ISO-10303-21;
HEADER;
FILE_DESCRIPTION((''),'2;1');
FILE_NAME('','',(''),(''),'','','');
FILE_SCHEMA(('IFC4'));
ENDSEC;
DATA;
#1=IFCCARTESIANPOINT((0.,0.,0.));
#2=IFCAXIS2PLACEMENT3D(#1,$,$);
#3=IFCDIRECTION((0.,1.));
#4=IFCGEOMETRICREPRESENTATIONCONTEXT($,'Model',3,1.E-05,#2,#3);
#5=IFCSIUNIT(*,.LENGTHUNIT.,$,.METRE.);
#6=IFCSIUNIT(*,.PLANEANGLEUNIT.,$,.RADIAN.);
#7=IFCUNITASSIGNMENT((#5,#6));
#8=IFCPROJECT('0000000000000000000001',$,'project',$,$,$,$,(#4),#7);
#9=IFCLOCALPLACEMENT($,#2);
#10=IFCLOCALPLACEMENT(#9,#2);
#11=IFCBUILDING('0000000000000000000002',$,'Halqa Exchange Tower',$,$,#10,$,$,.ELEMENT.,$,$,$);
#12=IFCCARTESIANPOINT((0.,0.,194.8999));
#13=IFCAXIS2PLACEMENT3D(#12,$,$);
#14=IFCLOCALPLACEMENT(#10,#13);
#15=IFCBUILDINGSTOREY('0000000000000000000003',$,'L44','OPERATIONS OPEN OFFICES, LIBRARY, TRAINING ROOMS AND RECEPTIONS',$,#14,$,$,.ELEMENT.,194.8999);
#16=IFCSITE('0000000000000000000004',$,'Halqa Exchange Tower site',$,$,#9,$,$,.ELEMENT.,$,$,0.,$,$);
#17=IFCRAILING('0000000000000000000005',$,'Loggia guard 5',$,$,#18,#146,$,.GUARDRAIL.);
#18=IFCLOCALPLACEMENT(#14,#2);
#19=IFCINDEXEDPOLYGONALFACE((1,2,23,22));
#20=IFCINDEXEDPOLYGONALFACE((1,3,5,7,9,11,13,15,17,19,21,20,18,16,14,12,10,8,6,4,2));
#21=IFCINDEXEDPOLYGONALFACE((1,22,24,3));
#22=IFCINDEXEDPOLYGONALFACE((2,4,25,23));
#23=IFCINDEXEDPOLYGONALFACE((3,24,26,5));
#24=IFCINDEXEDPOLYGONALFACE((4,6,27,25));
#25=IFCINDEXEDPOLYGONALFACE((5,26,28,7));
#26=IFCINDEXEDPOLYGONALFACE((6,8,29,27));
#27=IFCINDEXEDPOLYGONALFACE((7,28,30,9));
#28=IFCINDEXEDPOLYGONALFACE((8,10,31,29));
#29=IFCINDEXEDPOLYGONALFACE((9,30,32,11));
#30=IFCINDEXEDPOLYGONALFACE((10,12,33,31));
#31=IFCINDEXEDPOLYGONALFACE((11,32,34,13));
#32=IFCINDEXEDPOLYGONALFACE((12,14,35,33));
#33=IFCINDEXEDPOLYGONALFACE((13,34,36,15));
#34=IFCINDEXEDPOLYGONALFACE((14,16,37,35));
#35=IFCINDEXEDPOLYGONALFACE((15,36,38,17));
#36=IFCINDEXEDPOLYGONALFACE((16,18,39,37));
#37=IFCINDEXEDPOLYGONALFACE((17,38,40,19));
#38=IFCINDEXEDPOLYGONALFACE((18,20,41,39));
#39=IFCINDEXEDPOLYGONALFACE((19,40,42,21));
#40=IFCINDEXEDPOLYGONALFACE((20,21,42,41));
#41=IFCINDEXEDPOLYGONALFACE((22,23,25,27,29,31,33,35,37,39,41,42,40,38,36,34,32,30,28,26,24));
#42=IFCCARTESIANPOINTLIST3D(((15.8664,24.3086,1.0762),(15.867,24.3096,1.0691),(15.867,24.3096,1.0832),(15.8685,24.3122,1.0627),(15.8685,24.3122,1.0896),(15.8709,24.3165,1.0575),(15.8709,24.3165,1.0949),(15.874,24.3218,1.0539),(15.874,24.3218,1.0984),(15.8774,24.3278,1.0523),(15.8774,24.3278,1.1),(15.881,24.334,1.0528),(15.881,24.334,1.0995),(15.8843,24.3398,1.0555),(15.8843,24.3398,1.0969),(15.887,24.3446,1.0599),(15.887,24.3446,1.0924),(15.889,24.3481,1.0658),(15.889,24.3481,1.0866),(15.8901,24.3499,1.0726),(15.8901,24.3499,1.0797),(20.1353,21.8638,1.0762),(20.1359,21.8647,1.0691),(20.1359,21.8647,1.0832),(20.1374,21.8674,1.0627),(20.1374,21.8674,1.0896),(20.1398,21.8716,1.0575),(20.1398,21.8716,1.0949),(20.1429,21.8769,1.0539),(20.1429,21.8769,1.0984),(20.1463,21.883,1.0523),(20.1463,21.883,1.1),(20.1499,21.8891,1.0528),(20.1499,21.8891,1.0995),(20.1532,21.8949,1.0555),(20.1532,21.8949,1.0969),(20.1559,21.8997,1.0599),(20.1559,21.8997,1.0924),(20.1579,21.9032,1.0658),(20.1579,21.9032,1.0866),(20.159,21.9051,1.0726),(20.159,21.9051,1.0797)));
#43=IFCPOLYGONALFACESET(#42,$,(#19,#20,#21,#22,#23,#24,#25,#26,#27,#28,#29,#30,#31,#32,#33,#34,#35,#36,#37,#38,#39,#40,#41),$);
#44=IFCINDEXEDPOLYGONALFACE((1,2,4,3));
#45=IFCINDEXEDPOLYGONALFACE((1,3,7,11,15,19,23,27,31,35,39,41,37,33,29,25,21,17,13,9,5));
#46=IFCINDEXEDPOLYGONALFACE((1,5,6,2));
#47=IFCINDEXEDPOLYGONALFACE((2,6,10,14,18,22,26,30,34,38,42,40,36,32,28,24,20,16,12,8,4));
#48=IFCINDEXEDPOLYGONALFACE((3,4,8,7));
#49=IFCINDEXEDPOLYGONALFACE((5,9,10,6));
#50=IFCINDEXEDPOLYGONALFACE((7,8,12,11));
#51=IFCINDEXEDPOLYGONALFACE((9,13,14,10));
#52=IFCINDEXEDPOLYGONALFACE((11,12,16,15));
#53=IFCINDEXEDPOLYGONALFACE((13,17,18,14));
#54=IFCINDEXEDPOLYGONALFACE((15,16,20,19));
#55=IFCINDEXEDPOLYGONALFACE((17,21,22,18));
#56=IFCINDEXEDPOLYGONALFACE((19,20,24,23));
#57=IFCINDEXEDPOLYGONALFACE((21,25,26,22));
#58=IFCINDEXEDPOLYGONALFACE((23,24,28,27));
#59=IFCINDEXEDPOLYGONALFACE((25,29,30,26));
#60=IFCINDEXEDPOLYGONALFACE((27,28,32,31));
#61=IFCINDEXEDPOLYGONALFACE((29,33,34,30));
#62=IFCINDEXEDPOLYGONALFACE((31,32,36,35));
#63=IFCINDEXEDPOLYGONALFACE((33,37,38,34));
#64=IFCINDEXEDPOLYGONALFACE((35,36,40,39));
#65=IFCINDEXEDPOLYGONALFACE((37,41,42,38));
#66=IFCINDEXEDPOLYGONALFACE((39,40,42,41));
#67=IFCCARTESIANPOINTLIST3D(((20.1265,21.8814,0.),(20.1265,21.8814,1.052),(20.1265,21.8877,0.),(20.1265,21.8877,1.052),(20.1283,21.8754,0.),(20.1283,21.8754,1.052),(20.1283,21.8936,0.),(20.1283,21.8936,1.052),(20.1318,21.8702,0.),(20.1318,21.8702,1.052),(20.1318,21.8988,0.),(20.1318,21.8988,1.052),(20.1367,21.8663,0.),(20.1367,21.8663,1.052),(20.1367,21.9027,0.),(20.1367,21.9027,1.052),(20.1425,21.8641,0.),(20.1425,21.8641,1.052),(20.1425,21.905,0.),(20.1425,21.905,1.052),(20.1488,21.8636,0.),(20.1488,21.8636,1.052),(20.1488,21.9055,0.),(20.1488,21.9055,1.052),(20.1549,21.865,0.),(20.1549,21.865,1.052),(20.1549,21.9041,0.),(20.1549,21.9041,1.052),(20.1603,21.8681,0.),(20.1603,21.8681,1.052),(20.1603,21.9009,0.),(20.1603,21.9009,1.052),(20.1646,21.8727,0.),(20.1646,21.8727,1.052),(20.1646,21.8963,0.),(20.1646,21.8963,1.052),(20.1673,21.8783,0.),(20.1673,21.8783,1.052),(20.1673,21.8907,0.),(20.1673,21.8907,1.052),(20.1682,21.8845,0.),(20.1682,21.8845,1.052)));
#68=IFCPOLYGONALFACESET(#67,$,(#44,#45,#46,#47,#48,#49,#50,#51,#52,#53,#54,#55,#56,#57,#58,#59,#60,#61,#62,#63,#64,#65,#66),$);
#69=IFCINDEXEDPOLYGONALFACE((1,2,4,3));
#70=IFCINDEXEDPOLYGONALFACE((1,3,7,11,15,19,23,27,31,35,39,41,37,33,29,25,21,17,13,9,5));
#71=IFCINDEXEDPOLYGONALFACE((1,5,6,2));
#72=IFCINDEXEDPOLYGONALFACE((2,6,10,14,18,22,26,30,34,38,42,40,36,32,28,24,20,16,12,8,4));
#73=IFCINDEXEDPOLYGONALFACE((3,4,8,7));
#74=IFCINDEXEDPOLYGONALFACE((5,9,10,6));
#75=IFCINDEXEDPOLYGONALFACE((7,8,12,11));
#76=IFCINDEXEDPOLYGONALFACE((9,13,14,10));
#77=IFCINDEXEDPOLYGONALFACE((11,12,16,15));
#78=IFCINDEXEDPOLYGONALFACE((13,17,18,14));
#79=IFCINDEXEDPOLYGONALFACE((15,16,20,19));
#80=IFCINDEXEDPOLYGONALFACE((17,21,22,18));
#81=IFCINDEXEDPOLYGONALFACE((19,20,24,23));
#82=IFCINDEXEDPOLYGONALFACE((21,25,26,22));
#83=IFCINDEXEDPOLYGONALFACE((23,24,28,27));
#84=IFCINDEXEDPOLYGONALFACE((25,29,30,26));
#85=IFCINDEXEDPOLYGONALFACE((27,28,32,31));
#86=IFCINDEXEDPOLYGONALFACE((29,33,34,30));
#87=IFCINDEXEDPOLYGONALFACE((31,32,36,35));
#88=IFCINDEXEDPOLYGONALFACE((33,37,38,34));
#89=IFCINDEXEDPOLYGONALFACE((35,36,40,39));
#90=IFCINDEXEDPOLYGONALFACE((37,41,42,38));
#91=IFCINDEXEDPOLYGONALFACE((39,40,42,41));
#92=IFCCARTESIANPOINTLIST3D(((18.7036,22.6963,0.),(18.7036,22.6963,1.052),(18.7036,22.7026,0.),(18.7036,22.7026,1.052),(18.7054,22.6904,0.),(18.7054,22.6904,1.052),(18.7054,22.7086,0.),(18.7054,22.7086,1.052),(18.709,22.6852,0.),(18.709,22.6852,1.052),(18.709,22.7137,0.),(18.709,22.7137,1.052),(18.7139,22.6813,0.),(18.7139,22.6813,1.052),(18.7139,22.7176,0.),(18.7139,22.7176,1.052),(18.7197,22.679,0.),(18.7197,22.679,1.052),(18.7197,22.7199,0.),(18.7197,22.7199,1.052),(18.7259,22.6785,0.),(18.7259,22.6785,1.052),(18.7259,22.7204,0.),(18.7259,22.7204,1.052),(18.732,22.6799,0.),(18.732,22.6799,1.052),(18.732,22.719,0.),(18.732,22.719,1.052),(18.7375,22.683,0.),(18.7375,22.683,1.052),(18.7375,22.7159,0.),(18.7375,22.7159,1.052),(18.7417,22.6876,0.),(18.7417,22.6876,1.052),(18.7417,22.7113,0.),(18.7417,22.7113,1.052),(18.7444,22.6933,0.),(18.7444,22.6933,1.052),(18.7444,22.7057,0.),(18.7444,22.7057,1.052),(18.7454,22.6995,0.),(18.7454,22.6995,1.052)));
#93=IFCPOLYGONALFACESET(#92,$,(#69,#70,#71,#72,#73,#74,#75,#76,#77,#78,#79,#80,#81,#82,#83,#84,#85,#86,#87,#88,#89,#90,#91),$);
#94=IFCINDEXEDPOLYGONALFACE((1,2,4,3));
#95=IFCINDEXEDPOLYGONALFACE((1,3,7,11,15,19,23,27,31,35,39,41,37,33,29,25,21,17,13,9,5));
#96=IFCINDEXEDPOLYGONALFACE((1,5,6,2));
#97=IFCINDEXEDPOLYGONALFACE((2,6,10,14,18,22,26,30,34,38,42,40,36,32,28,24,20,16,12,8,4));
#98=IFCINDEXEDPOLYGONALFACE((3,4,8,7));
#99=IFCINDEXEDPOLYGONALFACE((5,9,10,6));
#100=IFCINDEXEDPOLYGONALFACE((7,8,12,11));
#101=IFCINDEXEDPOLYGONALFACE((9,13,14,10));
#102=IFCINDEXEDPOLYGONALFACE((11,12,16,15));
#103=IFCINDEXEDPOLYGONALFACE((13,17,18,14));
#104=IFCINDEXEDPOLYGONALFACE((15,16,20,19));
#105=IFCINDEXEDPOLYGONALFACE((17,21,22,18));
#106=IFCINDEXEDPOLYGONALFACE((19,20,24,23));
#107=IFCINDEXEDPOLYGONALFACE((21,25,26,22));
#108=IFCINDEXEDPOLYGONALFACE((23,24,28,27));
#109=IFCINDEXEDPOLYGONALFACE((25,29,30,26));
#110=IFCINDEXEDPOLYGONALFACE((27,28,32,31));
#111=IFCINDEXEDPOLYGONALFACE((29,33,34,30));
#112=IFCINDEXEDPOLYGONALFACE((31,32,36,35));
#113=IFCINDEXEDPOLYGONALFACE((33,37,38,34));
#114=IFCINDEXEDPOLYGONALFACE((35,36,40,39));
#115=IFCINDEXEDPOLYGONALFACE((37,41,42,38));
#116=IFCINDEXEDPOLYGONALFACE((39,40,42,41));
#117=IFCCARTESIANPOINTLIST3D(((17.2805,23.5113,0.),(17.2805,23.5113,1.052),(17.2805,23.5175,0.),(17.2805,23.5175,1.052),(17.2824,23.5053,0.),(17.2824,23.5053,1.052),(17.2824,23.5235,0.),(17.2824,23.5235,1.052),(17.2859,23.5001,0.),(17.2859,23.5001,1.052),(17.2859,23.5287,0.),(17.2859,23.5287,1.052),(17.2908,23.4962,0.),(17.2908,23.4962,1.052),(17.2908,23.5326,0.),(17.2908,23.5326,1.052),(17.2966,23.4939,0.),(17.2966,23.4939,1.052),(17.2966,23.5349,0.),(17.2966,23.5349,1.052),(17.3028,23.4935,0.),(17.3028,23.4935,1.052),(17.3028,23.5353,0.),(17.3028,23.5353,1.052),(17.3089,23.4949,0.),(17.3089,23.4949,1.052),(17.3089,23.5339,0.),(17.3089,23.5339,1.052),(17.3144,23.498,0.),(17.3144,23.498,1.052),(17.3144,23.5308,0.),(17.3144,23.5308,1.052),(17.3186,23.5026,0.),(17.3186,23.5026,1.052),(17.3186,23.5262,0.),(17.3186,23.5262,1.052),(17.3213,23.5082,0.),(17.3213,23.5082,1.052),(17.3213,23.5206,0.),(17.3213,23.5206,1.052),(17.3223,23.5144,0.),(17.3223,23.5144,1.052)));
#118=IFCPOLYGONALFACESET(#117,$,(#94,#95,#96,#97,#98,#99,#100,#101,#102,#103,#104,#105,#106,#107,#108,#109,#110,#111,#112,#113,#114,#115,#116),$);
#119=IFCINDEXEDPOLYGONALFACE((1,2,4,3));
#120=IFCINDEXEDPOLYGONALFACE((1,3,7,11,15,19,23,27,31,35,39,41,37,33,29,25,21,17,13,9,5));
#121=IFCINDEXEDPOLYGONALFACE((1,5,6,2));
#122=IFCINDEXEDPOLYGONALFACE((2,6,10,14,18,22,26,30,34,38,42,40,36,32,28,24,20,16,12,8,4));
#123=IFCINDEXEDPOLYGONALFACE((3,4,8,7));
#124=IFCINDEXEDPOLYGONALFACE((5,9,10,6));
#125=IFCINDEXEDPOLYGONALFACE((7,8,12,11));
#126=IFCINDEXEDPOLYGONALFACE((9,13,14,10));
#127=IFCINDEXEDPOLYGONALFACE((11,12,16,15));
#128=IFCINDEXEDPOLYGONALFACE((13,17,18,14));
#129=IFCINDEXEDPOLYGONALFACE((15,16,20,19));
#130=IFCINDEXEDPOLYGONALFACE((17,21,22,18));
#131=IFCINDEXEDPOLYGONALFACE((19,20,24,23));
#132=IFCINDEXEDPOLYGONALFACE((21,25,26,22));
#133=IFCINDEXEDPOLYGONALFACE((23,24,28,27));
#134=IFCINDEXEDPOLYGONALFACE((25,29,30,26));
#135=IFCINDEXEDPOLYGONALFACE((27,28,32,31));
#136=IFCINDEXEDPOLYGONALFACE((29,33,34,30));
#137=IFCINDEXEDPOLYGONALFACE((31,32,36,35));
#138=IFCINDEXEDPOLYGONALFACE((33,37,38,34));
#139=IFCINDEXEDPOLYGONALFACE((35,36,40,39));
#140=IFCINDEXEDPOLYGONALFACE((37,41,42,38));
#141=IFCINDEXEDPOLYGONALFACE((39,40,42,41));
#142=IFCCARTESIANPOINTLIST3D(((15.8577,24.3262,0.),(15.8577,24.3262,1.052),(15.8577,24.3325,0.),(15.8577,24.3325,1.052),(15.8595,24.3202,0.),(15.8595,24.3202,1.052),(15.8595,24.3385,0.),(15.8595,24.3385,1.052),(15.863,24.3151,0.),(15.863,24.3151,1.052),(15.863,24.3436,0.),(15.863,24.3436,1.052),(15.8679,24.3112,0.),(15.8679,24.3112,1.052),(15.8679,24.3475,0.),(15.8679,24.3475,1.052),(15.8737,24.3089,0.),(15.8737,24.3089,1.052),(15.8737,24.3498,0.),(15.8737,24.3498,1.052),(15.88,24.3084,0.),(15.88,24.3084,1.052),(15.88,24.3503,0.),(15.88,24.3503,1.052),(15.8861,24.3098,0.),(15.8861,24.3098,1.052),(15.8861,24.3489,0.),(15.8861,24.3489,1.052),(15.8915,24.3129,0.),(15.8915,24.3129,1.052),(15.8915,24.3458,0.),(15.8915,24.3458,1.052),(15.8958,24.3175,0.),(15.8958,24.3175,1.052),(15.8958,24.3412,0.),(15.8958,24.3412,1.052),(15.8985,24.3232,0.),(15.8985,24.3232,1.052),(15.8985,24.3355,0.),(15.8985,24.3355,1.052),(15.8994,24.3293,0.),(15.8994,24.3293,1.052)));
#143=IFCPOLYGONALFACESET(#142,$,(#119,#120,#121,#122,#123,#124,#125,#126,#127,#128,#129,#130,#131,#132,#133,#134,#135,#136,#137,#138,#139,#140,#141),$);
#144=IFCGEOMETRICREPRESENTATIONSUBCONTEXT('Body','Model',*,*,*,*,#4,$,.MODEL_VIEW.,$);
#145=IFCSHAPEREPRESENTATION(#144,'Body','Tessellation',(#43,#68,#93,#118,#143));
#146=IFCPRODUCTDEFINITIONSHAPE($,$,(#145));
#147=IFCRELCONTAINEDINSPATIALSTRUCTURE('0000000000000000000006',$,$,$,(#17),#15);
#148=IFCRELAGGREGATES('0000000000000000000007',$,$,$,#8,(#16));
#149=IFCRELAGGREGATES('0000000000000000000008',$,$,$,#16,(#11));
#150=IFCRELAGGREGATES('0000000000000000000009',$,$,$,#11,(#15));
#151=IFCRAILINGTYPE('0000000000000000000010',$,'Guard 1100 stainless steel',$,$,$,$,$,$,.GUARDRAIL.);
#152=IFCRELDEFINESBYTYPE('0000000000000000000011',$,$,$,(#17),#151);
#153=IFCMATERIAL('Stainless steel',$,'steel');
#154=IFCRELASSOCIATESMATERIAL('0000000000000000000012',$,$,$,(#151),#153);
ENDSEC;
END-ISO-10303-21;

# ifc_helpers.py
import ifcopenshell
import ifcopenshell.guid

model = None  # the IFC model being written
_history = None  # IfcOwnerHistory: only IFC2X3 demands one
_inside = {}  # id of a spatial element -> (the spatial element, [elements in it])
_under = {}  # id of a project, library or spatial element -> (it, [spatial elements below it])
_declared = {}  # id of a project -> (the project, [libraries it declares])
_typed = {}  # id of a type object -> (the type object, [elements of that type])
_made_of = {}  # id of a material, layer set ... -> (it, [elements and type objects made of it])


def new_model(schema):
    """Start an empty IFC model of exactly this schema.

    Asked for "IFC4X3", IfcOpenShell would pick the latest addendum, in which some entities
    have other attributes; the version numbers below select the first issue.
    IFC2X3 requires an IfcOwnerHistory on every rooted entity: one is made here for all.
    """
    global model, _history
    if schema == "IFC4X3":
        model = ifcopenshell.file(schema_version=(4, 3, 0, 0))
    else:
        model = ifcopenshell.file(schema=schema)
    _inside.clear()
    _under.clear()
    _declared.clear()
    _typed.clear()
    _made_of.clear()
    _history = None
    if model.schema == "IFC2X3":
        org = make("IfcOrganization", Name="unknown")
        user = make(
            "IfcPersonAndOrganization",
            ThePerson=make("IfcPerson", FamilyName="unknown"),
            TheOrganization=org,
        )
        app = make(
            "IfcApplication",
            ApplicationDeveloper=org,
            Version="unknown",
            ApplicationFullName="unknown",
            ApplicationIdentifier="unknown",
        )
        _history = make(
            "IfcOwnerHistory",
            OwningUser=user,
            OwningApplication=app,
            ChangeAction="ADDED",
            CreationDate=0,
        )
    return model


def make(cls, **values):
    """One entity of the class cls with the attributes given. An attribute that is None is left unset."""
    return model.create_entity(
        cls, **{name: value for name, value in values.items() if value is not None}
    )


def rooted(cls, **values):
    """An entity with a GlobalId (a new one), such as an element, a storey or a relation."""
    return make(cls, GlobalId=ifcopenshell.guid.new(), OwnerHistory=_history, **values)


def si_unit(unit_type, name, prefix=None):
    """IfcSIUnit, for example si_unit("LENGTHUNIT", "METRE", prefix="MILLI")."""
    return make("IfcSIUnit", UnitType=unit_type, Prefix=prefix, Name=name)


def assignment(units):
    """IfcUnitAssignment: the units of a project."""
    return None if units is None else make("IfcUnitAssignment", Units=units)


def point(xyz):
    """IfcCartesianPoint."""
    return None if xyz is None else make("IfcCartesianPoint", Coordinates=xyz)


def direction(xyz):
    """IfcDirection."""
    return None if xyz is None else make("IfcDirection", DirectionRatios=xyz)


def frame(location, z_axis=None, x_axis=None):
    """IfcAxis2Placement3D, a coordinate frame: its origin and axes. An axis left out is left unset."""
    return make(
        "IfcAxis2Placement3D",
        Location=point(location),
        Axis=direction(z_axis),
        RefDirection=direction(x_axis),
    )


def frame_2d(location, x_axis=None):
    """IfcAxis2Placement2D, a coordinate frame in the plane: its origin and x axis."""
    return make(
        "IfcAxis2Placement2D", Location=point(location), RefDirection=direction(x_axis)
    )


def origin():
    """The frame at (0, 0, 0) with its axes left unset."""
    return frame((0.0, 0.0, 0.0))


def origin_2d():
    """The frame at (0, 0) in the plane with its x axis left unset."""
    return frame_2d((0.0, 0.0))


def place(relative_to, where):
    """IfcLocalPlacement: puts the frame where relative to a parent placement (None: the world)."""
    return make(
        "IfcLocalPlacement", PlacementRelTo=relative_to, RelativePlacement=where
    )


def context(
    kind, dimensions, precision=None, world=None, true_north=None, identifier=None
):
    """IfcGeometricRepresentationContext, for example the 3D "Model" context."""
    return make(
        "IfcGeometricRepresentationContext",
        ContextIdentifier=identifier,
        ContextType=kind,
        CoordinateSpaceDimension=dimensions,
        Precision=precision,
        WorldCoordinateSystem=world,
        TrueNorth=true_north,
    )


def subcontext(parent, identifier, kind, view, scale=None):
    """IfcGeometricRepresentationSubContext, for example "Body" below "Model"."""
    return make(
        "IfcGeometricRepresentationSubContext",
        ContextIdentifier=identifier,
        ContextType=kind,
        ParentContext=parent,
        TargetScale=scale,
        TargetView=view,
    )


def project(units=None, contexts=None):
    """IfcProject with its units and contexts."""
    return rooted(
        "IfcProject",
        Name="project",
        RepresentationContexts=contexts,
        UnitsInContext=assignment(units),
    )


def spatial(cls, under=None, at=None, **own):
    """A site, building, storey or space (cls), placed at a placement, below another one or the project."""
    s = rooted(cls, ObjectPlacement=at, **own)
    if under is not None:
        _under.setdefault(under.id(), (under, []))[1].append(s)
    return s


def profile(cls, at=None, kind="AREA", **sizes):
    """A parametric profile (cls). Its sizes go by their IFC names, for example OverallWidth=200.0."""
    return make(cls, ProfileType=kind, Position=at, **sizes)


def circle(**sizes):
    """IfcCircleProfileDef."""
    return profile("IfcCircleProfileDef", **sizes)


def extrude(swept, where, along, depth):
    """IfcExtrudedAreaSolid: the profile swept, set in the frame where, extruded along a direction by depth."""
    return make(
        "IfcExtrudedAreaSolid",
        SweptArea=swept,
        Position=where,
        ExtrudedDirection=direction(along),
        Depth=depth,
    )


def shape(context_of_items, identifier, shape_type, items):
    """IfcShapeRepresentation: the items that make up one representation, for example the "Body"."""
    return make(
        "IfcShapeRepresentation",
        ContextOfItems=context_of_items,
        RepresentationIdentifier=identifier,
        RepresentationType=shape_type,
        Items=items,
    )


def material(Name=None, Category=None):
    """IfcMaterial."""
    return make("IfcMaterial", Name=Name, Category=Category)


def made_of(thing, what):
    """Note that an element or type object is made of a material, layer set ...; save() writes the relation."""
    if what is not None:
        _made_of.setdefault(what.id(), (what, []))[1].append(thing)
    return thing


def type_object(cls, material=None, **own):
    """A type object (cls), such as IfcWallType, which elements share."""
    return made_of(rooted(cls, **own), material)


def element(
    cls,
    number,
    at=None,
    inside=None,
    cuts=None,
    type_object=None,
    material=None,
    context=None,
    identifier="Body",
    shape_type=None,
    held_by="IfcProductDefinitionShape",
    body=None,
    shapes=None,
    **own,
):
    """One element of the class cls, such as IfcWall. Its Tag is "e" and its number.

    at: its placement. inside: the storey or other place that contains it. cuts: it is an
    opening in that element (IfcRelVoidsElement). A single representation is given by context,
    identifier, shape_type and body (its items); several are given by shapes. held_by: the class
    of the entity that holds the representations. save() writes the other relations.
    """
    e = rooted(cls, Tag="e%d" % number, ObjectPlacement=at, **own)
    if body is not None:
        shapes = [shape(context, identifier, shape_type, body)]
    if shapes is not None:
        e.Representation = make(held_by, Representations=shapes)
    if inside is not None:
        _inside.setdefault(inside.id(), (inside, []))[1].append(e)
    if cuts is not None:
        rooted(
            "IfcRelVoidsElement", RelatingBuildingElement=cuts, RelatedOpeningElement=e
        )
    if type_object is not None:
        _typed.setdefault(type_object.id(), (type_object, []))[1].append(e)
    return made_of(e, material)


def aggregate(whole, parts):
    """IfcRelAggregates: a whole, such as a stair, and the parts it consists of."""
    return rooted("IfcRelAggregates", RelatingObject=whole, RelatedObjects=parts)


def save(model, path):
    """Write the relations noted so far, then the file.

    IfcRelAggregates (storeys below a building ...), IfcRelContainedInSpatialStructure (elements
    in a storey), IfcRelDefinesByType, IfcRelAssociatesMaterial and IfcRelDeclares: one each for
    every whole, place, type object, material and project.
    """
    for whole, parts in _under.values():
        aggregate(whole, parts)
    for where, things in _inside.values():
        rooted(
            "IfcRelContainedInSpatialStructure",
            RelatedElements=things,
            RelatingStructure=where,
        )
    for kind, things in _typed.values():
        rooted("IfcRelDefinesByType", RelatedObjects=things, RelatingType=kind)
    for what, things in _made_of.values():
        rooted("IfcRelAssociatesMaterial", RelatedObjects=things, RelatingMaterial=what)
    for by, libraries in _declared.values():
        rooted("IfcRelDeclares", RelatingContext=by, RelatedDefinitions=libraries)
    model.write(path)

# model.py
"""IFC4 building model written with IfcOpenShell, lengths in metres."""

from ifc_helpers import new_model, si_unit, direction, frame, origin, origin_2d, place, context, subcontext, project, spatial, circle, extrude, material, type_object, element, save


model = new_model("IFC4")

# Units and contexts
model_context = context("Model", 3, precision=1e-05, world=origin(), true_north=direction((0.0, 1.0)))
body_context = subcontext(model_context, "Body", "Model", "MODEL_VIEW")
ifc_project = project(units=[si_unit("LENGTHUNIT", "METRE"), si_unit("PLANEANGLEUNIT", "RADIAN")], contexts=[model_context])

# Site, building, storey
site_placement = place(None, origin())
site = spatial("IfcSite", under=ifc_project, at=site_placement, Name="Halqa Exchange Tower site", CompositionType="ELEMENT", RefElevation=0.0)
building_placement = place(site_placement, origin())
building = spatial("IfcBuilding", under=site, at=building_placement, Name="Halqa Exchange Tower", CompositionType="ELEMENT")
storey_placement = place(building_placement, frame((0.0, 0.0, 194.8999)))
storey = spatial("IfcBuildingStorey", under=building, at=storey_placement, Name="L44", Description="OPERATIONS OPEN OFFICES, LIBRARY, TRAINING ROOMS AND RECEPTIONS", CompositionType="ELEMENT", Elevation=194.8999)

# Railing
ifc_material_1 = material(Name="Stainless steel", Category="steel")
railing_type = type_object("IfcRailingType", Name="Guard 1100 stainless steel", PredefinedType="GUARDRAIL", material=ifc_material_1)
railing_1_placement = place(storey_placement, frame((20.1472, 21.8845, 0.0)))
element("IfcRailing", 1, at=railing_1_placement, inside=storey, type_object=railing_type, Name="Loggia guard 5", PredefinedType="GUARDRAIL", context=body_context, shape_type="SweptSolid", body=[
    extrude(circle(Radius=0.0239, at=origin_2d()), frame((0.0, 0.0, 1.0762), z_axis=(-0.86776, 0.496983, 0.0), x_axis=(-0.496983, -0.86776, 0.0)), (0.0, 0.0, 1.0), 4.9194),
    extrude(circle(Radius=0.021, at=origin_2d()), origin(), (0.0, 0.0, 1.0), 1.052),
    extrude(circle(Radius=0.021, at=origin_2d()), frame((-1.4229, 0.8149, 0.0)), (0.0, 0.0, 1.0), 1.052),
    extrude(circle(Radius=0.021, at=origin_2d()), frame((-2.8459, 1.6299, 0.0)), (0.0, 0.0, 1.0), 1.052),
    extrude(circle(Radius=0.021, at=origin_2d()), frame((-4.2688, 2.4448, 0.0)), (0.0, 0.0, 1.0), 1.052),
])

save(model, "model.ifc")
